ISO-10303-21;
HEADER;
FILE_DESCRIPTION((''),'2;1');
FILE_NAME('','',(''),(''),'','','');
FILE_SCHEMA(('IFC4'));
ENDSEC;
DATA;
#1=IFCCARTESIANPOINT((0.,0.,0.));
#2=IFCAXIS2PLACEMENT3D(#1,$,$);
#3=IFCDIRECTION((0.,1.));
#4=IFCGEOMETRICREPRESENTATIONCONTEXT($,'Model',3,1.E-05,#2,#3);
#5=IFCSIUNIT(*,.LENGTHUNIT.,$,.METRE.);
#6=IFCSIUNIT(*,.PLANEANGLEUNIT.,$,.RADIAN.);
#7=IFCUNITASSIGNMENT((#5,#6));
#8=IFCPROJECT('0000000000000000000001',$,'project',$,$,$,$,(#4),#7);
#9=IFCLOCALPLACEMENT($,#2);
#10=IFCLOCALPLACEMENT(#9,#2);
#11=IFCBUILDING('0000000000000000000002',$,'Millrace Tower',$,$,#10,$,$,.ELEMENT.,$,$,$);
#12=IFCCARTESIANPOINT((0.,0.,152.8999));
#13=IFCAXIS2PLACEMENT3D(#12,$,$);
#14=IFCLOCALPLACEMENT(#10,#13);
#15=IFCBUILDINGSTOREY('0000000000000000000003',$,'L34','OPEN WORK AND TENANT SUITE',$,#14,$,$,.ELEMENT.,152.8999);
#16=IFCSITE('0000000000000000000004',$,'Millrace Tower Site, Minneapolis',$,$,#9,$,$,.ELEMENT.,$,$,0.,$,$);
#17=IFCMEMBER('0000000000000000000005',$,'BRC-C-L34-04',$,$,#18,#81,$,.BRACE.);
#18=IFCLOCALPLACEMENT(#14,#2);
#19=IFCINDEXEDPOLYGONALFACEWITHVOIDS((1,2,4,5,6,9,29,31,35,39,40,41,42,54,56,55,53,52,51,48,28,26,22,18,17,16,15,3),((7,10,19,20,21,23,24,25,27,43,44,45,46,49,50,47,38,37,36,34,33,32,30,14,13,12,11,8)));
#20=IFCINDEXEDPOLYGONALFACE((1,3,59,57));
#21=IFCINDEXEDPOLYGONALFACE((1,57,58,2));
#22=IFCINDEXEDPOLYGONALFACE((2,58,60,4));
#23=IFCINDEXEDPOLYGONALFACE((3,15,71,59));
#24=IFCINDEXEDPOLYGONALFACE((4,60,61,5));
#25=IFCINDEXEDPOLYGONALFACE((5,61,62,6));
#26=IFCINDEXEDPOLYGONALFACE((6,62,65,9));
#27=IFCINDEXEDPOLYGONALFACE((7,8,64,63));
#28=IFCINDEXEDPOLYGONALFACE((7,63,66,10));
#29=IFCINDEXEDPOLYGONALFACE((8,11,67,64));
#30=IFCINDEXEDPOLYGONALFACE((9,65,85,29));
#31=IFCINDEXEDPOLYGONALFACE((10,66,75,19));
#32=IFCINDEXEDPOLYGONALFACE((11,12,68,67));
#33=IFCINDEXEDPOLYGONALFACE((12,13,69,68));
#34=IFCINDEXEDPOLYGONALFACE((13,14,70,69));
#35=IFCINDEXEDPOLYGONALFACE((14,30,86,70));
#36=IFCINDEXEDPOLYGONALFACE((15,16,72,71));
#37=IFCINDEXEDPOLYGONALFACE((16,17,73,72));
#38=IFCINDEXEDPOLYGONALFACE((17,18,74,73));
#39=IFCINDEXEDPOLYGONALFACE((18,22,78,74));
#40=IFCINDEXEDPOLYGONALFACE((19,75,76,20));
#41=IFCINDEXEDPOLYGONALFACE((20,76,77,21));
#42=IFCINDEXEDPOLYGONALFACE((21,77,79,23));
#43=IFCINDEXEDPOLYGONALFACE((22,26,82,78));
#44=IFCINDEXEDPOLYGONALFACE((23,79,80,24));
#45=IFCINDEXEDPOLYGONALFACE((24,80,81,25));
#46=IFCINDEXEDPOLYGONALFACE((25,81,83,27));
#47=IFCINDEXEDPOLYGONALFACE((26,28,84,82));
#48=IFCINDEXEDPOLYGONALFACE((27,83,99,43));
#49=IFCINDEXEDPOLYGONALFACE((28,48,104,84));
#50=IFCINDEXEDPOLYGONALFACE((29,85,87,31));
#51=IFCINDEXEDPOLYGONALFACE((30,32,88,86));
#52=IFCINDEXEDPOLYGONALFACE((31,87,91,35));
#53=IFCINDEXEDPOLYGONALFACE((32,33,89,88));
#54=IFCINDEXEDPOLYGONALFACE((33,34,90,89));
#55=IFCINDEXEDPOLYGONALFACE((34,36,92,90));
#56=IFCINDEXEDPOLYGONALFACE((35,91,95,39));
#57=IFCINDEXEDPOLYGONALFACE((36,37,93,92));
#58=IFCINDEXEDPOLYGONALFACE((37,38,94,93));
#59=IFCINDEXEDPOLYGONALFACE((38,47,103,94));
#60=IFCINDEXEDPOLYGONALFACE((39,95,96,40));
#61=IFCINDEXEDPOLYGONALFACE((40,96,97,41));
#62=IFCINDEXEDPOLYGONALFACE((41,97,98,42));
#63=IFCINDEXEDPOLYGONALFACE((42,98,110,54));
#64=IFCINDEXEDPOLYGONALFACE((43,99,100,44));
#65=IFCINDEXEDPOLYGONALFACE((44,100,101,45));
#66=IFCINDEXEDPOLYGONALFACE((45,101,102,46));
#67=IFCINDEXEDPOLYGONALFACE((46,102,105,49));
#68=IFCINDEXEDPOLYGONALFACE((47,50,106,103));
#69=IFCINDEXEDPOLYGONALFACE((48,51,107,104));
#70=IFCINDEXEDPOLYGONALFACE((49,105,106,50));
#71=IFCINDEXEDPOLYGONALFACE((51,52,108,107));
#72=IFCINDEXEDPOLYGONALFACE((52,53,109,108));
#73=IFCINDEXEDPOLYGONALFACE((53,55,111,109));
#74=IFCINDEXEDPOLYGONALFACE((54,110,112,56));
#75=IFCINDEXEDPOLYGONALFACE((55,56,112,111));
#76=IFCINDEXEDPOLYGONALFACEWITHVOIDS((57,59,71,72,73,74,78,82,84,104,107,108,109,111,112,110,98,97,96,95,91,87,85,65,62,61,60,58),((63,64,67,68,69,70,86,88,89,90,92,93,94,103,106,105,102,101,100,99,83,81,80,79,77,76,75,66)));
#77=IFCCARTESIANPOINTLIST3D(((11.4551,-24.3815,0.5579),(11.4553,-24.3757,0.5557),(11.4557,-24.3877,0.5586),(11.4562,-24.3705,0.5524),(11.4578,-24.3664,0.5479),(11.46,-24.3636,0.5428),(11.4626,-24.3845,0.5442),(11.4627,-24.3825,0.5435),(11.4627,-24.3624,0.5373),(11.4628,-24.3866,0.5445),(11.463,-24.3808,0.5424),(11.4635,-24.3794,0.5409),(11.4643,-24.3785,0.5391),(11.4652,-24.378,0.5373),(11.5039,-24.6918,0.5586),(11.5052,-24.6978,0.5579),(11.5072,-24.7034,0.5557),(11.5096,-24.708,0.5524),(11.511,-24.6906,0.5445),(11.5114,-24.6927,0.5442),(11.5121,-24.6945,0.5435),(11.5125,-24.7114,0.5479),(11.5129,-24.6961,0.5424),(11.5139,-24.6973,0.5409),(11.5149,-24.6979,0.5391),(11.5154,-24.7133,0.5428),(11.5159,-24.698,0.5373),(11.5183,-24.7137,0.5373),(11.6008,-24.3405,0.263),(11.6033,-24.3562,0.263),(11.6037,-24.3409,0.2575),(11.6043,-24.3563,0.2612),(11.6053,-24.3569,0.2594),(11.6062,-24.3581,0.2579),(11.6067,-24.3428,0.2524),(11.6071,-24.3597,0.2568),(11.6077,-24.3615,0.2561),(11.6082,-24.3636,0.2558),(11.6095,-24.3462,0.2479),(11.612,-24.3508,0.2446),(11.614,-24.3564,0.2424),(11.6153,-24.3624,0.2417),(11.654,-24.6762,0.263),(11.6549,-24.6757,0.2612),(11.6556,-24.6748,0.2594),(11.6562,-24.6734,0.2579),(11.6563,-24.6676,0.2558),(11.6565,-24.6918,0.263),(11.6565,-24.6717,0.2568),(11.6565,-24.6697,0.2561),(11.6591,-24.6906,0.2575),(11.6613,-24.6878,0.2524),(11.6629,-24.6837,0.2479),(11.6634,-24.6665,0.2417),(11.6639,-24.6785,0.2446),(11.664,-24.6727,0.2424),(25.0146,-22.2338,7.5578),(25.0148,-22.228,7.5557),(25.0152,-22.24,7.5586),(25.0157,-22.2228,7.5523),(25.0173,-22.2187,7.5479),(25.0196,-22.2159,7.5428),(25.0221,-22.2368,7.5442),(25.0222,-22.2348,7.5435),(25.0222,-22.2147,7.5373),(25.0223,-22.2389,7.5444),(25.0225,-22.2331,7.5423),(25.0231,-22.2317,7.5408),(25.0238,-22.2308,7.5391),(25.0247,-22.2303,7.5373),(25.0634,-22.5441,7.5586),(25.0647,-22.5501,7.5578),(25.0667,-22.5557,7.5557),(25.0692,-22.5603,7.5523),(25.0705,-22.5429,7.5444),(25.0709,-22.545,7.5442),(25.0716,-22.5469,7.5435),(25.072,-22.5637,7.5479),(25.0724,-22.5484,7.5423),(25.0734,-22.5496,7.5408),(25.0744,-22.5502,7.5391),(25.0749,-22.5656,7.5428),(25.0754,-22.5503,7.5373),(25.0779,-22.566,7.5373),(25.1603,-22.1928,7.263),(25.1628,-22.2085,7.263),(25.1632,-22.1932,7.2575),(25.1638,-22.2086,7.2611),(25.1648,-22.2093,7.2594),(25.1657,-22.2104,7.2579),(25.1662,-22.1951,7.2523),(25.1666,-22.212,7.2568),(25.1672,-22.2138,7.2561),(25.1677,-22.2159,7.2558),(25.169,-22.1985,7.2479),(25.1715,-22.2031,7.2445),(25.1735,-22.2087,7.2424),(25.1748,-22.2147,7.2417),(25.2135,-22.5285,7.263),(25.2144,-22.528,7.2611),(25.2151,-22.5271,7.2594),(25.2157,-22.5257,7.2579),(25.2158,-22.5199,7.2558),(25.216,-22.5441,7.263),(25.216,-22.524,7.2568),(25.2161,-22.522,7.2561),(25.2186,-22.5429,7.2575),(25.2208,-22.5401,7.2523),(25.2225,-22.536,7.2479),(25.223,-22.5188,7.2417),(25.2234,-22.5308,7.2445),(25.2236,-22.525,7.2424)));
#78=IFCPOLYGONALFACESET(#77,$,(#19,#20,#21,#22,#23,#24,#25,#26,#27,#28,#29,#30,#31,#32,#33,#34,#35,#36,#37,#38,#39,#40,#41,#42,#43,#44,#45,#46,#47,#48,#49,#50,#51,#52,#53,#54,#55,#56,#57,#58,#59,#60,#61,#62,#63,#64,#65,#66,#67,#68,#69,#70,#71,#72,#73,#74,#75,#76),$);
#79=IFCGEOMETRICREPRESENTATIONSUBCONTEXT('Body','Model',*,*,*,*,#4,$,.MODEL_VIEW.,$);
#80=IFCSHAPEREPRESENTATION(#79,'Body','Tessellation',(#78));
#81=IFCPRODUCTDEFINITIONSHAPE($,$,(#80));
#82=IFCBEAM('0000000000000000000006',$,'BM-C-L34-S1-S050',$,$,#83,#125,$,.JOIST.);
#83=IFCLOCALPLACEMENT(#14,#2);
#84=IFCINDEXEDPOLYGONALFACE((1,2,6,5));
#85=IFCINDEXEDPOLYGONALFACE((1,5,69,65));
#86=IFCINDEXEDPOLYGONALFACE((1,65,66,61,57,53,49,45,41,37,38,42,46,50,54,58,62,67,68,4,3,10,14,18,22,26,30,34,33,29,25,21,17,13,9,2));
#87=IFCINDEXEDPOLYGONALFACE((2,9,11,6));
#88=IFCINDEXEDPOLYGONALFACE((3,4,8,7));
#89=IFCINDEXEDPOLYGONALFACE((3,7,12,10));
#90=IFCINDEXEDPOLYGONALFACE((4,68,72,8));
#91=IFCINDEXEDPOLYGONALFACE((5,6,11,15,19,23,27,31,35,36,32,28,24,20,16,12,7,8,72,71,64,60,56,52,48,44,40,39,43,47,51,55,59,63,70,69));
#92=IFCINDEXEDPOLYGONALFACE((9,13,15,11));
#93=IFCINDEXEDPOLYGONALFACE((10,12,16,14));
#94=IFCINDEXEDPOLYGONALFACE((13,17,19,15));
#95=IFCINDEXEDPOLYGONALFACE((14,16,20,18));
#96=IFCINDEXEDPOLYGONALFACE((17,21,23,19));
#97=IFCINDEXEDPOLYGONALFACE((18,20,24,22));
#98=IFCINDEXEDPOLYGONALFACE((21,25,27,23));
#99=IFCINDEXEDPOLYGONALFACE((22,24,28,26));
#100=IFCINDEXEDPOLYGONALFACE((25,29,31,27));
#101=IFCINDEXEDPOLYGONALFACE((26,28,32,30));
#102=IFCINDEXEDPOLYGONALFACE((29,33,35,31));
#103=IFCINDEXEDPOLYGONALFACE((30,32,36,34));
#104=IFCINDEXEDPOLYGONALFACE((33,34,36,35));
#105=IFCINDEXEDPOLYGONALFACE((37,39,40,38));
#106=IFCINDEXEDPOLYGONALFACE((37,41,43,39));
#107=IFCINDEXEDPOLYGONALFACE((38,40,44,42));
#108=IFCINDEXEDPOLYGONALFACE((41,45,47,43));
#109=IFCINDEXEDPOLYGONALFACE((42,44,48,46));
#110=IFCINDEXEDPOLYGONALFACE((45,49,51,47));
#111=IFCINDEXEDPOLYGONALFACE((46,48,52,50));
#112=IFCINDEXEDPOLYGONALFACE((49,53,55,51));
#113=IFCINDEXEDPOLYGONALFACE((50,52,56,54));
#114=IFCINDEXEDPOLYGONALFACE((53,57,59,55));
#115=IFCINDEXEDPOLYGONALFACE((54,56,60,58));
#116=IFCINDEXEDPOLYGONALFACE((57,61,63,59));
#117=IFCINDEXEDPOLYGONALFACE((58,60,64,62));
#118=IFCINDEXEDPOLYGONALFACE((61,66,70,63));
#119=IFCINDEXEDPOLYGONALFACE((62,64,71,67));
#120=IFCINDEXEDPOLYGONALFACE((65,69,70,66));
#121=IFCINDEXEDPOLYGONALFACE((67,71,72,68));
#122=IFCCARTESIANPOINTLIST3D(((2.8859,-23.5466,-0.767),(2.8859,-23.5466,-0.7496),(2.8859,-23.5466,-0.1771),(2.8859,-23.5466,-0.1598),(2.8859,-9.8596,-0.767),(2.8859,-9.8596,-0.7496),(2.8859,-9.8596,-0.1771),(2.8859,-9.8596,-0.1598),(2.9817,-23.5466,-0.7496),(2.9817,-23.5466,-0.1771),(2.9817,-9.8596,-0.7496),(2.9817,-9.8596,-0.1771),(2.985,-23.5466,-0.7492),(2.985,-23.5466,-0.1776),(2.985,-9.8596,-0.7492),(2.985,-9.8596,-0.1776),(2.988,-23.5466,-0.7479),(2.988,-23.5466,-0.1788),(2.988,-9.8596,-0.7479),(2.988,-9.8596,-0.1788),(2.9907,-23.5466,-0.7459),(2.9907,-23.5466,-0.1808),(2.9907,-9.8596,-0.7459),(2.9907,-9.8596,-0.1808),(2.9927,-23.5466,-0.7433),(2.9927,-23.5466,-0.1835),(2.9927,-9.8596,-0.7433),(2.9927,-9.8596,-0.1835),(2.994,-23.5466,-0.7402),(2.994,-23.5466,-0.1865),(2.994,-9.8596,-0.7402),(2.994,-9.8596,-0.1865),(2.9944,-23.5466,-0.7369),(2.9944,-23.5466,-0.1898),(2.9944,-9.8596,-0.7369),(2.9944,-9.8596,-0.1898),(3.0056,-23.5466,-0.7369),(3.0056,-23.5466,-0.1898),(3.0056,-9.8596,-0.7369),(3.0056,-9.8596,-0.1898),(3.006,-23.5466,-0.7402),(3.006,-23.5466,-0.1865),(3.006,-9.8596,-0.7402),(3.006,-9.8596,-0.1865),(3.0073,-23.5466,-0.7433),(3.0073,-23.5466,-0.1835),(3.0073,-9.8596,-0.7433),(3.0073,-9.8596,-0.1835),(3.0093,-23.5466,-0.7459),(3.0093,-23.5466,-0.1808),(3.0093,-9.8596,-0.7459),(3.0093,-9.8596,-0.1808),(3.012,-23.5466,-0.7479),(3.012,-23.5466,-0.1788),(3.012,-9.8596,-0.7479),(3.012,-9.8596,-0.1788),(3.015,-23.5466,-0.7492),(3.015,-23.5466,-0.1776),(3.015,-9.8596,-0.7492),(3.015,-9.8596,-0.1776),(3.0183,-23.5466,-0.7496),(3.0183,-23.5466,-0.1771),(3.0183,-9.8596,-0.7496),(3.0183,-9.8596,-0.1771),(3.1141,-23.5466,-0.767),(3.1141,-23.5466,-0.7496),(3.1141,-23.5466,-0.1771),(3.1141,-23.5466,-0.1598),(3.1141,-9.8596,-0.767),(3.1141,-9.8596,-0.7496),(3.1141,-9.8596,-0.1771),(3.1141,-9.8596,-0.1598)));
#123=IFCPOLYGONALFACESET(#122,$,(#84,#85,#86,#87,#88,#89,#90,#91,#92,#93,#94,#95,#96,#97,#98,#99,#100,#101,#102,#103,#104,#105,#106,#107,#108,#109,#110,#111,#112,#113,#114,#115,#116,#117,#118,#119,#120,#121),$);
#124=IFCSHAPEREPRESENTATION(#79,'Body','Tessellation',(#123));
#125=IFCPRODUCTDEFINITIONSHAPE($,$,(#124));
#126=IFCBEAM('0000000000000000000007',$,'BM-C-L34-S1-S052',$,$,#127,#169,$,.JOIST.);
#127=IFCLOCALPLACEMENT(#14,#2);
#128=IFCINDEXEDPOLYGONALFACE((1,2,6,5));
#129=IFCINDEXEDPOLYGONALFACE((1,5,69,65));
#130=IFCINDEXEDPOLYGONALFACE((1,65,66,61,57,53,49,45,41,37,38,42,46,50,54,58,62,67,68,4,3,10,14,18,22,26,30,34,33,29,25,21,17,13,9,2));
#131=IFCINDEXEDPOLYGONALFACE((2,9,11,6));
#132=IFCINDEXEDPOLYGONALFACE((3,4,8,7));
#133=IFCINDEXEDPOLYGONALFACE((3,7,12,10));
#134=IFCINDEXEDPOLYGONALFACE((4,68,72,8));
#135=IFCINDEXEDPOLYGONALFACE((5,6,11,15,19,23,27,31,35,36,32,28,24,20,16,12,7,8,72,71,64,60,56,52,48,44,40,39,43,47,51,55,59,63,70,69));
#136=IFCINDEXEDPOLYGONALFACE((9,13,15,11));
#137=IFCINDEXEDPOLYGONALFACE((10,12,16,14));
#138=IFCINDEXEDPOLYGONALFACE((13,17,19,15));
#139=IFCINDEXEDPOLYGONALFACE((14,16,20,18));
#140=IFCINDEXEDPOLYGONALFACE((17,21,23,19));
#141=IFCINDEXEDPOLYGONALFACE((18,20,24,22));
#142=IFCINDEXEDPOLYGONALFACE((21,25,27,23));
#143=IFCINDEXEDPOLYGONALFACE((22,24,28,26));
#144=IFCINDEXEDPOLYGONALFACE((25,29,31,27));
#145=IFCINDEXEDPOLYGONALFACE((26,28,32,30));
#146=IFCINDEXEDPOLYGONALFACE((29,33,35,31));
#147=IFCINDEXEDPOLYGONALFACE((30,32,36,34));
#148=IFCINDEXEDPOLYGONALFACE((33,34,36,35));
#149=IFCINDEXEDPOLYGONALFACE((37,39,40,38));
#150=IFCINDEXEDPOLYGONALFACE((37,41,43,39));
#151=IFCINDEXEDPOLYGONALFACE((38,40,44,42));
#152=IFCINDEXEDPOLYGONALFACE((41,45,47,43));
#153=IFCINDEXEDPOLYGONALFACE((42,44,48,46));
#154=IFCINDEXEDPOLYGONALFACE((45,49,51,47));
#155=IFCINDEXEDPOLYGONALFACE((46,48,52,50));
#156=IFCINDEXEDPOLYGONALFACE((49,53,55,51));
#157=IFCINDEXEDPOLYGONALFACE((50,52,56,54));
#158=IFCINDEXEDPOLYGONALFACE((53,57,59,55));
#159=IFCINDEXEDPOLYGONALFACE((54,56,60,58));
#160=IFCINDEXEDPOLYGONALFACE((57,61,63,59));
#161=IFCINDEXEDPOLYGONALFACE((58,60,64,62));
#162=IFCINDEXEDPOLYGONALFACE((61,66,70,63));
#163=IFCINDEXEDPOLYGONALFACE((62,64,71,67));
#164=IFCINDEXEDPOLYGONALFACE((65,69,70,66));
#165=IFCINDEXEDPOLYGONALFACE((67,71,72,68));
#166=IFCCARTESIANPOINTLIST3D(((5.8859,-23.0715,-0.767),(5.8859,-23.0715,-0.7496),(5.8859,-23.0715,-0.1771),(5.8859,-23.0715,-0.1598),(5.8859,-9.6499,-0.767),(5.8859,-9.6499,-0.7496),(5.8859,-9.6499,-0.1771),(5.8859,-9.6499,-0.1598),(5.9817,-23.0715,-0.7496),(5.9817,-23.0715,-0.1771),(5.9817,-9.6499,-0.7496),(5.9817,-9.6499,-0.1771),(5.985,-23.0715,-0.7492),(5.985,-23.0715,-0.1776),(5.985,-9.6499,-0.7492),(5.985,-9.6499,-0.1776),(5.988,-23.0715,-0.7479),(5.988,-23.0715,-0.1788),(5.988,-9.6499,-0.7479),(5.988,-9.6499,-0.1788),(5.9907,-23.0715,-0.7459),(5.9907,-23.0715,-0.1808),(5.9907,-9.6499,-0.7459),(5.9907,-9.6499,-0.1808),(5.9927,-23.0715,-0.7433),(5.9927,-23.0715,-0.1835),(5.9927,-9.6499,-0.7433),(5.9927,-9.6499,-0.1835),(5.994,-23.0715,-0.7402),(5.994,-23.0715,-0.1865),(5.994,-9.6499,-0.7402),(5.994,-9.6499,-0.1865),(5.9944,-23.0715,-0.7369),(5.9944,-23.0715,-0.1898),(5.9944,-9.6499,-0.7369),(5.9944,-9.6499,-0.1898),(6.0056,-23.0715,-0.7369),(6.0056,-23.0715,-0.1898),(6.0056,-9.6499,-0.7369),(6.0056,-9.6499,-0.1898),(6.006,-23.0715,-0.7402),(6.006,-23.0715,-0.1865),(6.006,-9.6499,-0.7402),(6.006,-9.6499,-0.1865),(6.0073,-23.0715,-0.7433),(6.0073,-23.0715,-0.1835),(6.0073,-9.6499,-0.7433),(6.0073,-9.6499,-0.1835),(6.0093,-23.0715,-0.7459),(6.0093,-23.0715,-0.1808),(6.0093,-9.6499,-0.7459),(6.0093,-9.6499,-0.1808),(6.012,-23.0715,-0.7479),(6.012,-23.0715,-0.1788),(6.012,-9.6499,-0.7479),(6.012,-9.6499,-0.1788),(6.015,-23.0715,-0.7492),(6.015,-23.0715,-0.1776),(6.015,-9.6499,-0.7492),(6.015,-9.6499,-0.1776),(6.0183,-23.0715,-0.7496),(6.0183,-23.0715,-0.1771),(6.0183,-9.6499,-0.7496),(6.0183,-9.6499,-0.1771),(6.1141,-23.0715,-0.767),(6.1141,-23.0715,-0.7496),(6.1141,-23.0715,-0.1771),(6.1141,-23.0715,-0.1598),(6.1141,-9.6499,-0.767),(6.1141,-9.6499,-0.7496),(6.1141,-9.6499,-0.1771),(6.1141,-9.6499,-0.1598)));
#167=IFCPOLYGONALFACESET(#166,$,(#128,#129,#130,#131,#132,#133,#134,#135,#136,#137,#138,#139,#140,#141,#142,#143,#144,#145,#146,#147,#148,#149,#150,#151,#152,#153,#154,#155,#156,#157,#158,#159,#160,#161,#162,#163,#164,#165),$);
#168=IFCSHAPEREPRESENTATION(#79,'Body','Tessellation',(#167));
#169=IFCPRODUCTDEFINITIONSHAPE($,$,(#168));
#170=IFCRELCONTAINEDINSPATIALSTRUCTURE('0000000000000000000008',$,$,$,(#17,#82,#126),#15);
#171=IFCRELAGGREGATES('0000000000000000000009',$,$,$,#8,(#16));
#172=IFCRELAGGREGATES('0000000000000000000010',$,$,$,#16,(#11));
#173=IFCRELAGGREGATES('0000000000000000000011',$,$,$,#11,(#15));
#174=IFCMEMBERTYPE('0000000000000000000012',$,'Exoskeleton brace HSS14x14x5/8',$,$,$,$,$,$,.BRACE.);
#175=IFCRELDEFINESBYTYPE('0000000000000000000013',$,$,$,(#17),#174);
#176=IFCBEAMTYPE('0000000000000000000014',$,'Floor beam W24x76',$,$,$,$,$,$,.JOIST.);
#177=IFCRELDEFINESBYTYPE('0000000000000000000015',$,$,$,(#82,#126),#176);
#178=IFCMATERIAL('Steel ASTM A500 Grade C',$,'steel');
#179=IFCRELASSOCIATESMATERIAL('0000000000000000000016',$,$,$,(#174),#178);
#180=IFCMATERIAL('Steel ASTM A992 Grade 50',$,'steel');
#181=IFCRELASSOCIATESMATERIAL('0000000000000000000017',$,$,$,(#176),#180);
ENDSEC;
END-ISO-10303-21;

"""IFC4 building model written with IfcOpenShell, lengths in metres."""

from ifc_helpers import new_model, si_unit, direction, frame, origin, origin_2d, place, context, subcontext, project, spatial, hollow_rectangle, i_section, extrude, material, material_profile, profile_set, type_object, element, save


model = new_model("IFC4")

# Units and contexts
model_context = context("Model", 3, precision=1e-05, world=origin(), true_north=direction((0.0, 1.0)))
body_context = subcontext(model_context, "Body", "Model", "MODEL_VIEW")
ifc_project = project(units=[si_unit("LENGTHUNIT", "METRE"), si_unit("PLANEANGLEUNIT", "RADIAN")], contexts=[model_context])

# Site, building, storey
site_placement = place(None, origin())
site = spatial("IfcSite", under=ifc_project, at=site_placement, Name="Millrace Tower Site, Minneapolis", CompositionType="ELEMENT", RefElevation=0.0)
building_placement = place(site_placement, origin())
building = spatial("IfcBuilding", under=site, at=building_placement, Name="Millrace Tower", CompositionType="ELEMENT")
storey_placement = place(building_placement, frame((0.0, 0.0, 152.8999)))
storey = spatial("IfcBuildingStorey", under=building, at=storey_placement, Name="L34", Description="OPEN WORK AND TENANT SUITE", CompositionType="ELEMENT", Elevation=152.8999)

# Member
ifc_material_1 = material(Name="Steel ASTM A500 Grade C", Category="steel")
ifc_material_profile_1 = material_profile(ifc_material_1, hollow_rectangle(XDim=0.3557, YDim=0.3557, WallThickness=0.0159, InnerFilletRadius=0.0081, OuterFilletRadius=0.0239, at=origin_2d()))
ifc_profile_set_1 = profile_set([ifc_material_profile_1], Name="Steel ASTM A500 Grade C")
member_type_1 = type_object("IfcMemberType", Name="Exoskeleton brace HSS14x14x5/8", PredefinedType="BRACE", material=ifc_profile_set_1)
member_1_placement = place(storey_placement, frame((11.5596, -24.5271, 0.4001), z_axis=(0.879908, 0.139369, 0.454244), x_axis=(-0.15644, 0.987687, 0.0)))
element("IfcMember", 1, at=member_1_placement, inside=storey, type_object=member_type_1, Name="BRC-C-L34-04", PredefinedType="BRACE", context=body_context, shape_type="SweptSolid", body=[
    extrude(hollow_rectangle(XDim=0.3557, YDim=0.3557, WallThickness=0.0159, InnerFilletRadius=0.0081, OuterFilletRadius=0.0239, at=origin_2d()), origin(), (0.0, 0.0, 1.0), 15.4102),
])

# Beams
ifc_material_2 = material(Name="Steel ASTM A992 Grade 50", Category="steel")
ifc_material_profile_2 = material_profile(ifc_material_2, i_section(OverallWidth=0.2283, OverallDepth=0.6072, WebThickness=0.0112, FlangeThickness=0.0173, FilletRadius=0.0127, at=origin_2d()))
ifc_profile_set_2 = profile_set([ifc_material_profile_2], Name="Steel ASTM A992 Grade 50")
beam_type_1 = type_object("IfcBeamType", Name="Floor beam W24x76", PredefinedType="JOIST", material=ifc_profile_set_2)
beam_1_placement = place(storey_placement, frame((3.0, -23.5466, -0.4634), z_axis=(0.0, 1.0, 0.0), x_axis=(-1.0, 0.0, 0.0)))
element("IfcBeam", 2, at=beam_1_placement, inside=storey, type_object=beam_type_1, Name="BM-C-L34-S1-S050", PredefinedType="JOIST", context=body_context, shape_type="SweptSolid", body=[
    extrude(i_section(OverallWidth=0.2283, OverallDepth=0.6072, WebThickness=0.0112, FlangeThickness=0.0173, FilletRadius=0.0127, at=origin_2d()), origin(), (0.0, 0.0, 1.0), 13.687),
])
beam_2_placement = place(storey_placement, frame((6.0, -23.0715, -0.4634), z_axis=(0.0, 1.0, 0.0), x_axis=(-1.0, 0.0, 0.0)))
element("IfcBeam", 3, at=beam_2_placement, inside=storey, type_object=beam_type_1, Name="BM-C-L34-S1-S052", PredefinedType="JOIST", context=body_context, shape_type="SweptSolid", body=[
    extrude(i_section(OverallWidth=0.2283, OverallDepth=0.6072, WebThickness=0.0112, FlangeThickness=0.0173, FilletRadius=0.0127, at=origin_2d()), origin(), (0.0, 0.0, 1.0), 13.4216),
])

save(model, "model.ifc")
